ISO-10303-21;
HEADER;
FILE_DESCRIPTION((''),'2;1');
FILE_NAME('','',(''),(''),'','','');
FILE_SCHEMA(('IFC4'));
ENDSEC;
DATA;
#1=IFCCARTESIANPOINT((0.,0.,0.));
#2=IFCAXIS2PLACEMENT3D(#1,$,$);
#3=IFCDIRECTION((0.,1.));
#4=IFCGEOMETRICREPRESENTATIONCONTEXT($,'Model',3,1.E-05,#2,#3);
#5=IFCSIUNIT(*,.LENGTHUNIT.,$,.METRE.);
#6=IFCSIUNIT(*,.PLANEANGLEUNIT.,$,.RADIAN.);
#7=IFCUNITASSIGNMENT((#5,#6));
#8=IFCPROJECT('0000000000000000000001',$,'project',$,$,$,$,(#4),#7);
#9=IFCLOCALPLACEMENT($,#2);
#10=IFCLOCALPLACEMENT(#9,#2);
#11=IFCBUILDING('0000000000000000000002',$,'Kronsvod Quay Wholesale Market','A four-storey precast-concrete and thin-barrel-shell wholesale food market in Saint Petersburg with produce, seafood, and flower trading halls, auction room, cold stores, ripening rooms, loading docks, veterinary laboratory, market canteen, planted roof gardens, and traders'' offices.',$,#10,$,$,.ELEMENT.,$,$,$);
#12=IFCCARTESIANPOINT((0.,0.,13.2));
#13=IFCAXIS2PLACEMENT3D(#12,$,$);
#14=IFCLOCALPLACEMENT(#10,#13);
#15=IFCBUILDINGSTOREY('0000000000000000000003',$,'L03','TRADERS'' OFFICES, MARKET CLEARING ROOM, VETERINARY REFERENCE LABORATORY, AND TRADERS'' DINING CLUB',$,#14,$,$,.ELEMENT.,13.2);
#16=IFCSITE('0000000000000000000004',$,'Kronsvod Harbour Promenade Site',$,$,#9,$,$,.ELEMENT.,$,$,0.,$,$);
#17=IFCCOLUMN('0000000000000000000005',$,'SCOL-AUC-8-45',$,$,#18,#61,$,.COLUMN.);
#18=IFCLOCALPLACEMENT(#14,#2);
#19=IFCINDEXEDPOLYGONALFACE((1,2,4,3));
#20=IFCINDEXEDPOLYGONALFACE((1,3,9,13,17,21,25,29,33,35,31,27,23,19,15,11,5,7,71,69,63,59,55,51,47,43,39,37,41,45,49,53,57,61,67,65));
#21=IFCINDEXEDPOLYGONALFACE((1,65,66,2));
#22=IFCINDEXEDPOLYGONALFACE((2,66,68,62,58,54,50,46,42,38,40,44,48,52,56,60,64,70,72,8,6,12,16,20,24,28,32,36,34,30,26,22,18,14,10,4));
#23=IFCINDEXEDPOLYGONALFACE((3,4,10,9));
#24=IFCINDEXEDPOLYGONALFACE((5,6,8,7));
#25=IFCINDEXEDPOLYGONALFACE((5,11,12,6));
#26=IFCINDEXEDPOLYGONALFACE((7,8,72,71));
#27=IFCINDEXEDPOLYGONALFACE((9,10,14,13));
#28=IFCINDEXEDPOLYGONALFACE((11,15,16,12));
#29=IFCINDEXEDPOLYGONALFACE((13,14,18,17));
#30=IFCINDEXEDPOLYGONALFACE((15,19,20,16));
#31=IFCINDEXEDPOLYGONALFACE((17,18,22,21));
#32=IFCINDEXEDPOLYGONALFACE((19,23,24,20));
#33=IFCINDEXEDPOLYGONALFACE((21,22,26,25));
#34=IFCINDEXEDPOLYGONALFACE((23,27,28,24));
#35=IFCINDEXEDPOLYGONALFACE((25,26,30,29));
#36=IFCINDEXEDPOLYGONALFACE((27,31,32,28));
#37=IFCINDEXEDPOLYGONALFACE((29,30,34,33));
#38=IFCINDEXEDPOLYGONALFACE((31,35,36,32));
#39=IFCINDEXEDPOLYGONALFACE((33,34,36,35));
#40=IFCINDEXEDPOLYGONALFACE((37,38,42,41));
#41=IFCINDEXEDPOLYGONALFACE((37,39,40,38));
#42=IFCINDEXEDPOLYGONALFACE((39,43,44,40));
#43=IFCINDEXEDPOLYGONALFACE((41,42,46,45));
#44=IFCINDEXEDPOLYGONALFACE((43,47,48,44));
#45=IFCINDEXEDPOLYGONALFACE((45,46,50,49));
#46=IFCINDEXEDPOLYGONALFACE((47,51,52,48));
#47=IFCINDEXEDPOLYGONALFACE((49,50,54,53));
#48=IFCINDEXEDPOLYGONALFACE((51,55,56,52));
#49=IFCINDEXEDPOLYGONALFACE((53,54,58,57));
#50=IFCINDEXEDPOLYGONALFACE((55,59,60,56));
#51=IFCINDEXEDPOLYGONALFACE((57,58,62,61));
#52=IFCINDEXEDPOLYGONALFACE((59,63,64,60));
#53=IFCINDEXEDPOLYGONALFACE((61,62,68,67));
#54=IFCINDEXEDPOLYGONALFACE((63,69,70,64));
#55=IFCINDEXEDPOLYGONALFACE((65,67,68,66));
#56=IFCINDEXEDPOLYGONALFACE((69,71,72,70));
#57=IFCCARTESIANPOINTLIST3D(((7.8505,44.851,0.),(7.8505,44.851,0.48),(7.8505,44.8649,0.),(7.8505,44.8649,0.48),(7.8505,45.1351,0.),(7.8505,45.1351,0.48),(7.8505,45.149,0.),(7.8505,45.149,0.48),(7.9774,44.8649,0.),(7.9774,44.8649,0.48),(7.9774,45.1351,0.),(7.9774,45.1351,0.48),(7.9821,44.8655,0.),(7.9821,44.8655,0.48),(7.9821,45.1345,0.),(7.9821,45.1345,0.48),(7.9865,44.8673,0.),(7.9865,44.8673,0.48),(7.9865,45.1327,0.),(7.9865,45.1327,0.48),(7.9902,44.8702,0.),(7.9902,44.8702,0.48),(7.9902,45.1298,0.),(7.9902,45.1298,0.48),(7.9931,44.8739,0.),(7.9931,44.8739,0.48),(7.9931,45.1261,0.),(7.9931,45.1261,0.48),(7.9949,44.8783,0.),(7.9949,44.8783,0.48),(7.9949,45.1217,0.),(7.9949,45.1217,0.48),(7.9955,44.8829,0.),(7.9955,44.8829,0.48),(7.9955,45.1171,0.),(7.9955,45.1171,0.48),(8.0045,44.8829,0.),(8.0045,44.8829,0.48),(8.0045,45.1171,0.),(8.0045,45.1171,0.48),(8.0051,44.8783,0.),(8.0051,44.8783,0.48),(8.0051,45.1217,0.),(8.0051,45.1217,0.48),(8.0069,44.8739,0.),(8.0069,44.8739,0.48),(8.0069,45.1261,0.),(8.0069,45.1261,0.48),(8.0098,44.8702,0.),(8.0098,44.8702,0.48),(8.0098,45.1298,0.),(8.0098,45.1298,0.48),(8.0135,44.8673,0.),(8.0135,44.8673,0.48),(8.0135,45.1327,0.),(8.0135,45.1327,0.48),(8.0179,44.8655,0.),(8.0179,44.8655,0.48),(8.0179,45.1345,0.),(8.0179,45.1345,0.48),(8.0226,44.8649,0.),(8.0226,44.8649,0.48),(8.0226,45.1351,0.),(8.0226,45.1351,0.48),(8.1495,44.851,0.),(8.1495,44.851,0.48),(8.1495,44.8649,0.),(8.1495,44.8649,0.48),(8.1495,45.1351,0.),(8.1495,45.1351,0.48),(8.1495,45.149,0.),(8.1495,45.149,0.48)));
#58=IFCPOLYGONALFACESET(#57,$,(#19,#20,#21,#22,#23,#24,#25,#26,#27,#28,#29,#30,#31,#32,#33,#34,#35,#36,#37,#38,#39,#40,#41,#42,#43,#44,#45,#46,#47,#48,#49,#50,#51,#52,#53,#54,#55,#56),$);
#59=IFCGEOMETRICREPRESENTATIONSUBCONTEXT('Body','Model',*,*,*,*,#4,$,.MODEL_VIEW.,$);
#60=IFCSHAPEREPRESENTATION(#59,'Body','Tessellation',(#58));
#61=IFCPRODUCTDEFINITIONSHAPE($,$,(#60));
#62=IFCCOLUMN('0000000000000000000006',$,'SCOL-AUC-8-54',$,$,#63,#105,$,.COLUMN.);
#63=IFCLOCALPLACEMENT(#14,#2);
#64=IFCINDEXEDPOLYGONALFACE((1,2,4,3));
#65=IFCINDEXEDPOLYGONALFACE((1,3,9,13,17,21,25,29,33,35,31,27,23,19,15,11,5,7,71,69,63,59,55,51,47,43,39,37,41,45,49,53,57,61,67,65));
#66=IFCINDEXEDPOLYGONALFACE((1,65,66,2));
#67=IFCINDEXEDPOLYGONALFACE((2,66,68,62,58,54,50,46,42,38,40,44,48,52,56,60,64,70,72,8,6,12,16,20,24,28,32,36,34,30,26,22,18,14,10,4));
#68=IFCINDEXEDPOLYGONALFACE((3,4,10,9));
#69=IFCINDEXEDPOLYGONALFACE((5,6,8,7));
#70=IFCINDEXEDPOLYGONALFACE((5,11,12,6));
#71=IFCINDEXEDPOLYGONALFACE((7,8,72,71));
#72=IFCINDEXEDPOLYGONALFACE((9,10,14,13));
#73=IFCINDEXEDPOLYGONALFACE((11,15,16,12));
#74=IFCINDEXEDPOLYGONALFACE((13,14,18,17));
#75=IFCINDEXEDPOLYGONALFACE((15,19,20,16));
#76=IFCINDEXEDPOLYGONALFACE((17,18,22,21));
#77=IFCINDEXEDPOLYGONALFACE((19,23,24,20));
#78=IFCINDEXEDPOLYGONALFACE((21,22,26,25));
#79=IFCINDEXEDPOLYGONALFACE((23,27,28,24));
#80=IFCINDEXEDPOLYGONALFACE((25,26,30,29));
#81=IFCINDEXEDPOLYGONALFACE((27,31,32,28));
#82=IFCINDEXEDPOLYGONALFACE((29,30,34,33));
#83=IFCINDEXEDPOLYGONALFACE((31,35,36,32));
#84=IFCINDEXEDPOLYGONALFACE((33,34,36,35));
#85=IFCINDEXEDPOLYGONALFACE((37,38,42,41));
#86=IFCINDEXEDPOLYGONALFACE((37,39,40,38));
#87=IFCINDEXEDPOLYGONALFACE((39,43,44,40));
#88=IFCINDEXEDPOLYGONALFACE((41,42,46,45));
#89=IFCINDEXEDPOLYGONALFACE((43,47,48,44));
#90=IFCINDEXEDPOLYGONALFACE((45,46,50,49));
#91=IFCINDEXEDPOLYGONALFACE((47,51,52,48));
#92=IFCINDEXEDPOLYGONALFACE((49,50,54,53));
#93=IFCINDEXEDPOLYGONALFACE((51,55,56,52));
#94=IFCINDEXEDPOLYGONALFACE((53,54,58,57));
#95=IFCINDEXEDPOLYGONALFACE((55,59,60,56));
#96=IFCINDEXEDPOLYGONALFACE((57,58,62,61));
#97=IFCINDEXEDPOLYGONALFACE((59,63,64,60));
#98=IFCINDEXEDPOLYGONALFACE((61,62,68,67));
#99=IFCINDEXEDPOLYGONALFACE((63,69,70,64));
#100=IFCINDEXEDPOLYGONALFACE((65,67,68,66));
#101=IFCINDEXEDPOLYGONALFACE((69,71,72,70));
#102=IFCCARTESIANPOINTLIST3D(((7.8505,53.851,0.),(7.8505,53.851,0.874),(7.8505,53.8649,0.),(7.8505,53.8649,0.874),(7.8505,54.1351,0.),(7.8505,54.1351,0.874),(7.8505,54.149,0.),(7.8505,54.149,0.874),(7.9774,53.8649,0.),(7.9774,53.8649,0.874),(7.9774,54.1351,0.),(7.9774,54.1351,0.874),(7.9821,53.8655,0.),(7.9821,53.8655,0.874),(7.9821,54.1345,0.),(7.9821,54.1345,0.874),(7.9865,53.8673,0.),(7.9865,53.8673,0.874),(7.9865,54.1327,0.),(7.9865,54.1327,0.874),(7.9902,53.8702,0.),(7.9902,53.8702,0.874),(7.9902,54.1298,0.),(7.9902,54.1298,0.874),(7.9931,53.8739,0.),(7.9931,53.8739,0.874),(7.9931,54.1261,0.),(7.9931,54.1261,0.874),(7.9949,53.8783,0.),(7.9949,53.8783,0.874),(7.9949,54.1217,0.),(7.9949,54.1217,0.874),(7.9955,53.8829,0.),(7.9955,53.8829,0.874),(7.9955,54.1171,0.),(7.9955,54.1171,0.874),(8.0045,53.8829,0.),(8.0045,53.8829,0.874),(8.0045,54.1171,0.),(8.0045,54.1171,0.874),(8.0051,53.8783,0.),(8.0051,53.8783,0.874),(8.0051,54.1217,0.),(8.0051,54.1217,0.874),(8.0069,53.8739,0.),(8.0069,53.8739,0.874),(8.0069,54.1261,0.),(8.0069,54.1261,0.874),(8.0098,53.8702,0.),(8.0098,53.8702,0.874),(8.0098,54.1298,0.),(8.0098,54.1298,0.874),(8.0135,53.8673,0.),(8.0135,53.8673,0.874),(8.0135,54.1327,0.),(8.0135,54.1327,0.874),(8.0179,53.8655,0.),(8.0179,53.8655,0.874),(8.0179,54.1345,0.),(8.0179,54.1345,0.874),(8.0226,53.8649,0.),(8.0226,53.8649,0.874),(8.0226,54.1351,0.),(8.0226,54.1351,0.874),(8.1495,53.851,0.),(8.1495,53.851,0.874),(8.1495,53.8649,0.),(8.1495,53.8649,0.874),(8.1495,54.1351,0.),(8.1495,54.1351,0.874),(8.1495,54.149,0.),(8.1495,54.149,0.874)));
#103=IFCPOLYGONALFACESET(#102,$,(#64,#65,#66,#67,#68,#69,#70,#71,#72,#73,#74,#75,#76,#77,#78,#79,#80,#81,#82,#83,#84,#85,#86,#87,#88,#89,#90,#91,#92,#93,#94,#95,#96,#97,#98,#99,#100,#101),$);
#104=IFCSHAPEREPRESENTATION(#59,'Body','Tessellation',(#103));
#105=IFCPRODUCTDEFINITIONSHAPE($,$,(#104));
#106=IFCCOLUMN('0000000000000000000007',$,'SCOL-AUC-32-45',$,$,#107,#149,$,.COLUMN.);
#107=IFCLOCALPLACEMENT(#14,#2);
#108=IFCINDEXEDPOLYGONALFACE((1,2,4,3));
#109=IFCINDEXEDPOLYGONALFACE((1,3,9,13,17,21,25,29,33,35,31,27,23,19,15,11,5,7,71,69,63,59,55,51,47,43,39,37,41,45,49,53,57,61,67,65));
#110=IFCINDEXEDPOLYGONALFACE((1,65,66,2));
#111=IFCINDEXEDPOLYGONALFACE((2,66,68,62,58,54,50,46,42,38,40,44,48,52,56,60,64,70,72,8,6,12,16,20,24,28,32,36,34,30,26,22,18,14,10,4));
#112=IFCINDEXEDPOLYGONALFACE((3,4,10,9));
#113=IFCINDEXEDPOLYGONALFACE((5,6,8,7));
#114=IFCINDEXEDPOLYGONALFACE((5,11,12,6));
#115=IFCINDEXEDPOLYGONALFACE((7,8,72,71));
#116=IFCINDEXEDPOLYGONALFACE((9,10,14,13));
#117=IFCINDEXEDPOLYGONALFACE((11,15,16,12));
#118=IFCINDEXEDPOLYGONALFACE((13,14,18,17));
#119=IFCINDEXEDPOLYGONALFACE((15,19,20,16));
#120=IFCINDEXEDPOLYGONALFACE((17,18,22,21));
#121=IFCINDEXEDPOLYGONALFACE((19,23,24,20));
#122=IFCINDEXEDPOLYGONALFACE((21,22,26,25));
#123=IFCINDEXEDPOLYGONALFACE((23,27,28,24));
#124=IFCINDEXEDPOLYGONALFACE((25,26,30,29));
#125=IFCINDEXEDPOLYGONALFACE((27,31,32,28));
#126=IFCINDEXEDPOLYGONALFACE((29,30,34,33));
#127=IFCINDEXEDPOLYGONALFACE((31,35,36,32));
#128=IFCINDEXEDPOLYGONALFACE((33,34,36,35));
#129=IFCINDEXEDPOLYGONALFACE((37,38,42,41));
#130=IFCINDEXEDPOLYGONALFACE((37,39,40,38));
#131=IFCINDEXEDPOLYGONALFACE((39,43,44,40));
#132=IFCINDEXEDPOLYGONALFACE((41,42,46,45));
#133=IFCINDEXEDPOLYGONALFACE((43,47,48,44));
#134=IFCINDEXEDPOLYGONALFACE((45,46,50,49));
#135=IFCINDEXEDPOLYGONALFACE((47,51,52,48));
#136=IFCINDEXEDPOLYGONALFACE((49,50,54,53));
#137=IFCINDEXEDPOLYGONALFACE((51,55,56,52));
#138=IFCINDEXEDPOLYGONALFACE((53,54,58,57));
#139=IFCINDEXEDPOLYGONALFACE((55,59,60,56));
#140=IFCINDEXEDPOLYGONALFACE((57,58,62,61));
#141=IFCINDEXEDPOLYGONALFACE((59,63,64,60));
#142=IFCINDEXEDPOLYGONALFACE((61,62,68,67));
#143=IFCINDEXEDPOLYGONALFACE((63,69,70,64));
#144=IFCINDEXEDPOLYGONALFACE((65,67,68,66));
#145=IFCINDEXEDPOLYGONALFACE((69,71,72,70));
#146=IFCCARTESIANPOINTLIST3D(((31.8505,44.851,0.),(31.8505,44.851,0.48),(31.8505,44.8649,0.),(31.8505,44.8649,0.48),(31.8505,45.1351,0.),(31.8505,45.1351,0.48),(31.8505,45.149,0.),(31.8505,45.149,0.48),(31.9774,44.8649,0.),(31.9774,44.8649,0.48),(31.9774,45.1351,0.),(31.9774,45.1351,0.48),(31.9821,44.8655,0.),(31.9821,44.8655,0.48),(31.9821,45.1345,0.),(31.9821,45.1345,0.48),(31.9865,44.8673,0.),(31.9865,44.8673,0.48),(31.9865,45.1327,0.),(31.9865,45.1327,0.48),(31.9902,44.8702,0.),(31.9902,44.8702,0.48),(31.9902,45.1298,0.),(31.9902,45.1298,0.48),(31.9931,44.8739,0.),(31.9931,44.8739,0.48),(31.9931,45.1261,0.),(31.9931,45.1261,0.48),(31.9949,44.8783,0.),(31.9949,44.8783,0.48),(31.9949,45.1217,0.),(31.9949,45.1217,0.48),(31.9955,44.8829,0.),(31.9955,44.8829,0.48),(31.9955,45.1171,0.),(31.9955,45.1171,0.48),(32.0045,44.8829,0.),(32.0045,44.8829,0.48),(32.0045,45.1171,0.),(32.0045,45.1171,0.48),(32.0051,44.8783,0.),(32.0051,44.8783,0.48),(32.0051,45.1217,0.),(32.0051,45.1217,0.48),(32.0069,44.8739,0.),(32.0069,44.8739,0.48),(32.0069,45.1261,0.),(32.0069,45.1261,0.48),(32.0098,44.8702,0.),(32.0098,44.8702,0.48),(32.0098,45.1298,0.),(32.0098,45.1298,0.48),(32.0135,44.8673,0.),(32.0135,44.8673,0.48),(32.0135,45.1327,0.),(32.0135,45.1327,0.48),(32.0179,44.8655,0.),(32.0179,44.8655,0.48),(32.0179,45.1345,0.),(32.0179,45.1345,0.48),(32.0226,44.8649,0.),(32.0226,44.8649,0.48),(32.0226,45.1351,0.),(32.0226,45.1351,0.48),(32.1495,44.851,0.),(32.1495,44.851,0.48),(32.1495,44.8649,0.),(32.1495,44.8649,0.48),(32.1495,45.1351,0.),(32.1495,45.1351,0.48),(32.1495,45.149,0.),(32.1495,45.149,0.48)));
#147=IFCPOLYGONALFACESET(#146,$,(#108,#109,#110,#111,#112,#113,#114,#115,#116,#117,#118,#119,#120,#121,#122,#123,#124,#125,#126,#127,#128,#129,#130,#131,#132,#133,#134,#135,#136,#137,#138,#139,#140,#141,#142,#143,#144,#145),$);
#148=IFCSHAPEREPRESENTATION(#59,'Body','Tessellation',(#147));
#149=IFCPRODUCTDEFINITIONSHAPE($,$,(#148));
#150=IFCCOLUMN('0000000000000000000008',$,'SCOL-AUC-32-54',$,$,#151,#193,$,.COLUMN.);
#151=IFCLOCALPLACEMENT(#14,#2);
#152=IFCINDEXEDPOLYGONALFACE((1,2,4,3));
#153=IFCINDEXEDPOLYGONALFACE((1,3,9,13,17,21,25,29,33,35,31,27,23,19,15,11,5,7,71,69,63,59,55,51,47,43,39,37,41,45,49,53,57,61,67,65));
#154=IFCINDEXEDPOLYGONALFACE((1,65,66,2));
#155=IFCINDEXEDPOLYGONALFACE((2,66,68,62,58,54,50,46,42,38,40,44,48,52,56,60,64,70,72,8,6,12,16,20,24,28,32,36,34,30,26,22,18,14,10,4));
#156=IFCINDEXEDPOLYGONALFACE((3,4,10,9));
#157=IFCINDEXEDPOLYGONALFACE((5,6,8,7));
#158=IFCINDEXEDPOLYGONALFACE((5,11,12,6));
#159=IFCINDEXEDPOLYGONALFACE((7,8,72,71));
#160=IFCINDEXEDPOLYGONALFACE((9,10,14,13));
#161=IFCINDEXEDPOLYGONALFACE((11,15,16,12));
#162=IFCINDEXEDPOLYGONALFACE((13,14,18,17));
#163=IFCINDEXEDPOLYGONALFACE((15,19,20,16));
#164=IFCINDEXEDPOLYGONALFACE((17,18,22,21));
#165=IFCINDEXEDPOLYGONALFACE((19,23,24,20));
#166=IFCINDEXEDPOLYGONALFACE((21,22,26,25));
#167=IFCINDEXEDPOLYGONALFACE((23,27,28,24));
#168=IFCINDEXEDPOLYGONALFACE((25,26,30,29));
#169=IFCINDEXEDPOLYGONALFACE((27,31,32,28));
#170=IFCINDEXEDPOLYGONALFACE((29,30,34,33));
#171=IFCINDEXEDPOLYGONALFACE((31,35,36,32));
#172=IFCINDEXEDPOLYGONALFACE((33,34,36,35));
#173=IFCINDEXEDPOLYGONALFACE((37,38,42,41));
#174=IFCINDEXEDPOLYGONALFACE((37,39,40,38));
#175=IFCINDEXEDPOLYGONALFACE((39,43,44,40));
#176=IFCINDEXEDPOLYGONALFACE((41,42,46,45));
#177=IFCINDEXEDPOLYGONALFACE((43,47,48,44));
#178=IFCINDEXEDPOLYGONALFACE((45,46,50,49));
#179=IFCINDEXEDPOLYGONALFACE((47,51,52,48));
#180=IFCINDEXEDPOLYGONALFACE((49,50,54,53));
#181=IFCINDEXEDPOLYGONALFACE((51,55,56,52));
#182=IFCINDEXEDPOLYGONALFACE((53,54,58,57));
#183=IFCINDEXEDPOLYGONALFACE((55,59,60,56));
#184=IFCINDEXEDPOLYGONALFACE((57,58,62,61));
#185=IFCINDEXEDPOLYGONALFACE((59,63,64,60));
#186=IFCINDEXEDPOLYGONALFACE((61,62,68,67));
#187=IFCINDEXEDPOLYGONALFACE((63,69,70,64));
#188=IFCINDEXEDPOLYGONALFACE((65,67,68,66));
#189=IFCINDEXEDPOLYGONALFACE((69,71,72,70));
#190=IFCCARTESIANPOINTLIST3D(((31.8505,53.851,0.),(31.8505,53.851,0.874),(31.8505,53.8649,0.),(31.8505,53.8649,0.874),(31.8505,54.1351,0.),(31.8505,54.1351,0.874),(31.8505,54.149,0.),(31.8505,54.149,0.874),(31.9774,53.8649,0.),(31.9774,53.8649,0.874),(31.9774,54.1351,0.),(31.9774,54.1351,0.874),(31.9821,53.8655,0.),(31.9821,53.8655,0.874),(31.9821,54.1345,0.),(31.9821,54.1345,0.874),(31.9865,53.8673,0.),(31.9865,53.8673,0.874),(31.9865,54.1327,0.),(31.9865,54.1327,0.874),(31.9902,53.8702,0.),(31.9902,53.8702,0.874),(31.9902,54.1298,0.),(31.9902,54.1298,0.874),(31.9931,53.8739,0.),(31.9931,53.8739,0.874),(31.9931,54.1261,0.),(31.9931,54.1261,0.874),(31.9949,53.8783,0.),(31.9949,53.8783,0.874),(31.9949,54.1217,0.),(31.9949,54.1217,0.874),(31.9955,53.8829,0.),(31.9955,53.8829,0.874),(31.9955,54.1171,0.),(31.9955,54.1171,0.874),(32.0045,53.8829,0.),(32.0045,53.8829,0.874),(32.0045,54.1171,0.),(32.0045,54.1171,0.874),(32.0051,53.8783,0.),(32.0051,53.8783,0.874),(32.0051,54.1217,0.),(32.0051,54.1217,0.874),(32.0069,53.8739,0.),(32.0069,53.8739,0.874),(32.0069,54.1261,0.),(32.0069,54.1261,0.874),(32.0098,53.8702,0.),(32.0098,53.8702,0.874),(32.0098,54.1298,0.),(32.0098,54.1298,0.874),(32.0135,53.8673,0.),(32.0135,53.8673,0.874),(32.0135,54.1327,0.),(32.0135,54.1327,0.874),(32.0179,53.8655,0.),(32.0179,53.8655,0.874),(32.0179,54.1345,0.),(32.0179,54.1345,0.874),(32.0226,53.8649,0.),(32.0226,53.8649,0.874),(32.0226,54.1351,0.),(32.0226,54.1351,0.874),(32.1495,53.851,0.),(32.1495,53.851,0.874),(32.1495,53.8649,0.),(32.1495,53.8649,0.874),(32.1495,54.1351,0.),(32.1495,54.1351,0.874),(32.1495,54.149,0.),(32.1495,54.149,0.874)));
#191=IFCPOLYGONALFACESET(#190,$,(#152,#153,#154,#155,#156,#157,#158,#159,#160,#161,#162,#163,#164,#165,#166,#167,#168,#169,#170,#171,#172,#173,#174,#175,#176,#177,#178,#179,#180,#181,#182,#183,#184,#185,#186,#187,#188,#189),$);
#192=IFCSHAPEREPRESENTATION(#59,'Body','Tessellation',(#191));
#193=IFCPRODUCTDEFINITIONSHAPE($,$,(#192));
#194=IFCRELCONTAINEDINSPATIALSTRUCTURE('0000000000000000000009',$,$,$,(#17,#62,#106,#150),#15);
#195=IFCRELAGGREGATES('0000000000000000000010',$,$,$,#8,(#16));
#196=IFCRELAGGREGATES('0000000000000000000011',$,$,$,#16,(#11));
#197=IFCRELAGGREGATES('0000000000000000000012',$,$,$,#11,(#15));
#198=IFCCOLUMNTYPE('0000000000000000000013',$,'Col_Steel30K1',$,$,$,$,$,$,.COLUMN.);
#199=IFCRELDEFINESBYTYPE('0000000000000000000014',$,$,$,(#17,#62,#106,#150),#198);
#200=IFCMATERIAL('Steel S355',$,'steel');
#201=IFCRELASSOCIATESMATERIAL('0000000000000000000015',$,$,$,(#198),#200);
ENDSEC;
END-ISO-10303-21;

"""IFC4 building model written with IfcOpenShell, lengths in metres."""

from ifc_helpers import new_model, si_unit, direction, frame, origin, origin_2d, place, context, subcontext, project, spatial, i_section, extrude, material, material_profile, profile_set, type_object, element, save


model = new_model("IFC4")

# Units and contexts
model_context = context("Model", 3, precision=1e-05, world=origin(), true_north=direction((0.0, 1.0)))
body_context = subcontext(model_context, "Body", "Model", "MODEL_VIEW")
ifc_project = project(units=[si_unit("LENGTHUNIT", "METRE"), si_unit("PLANEANGLEUNIT", "RADIAN")], contexts=[model_context])

# Site, building, storey
site_placement = place(None, origin())
site = spatial("IfcSite", under=ifc_project, at=site_placement, Name="Kronsvod Harbour Promenade Site", CompositionType="ELEMENT", RefElevation=0.0)
building_placement = place(site_placement, origin())
building = spatial("IfcBuilding", under=site, at=building_placement, Name="Kronsvod Quay Wholesale Market", Description="A four-storey precast-concrete and thin-barrel-shell wholesale food market in Saint Petersburg with produce, seafood, and flower trading halls, auction room, cold stores, ripening rooms, loading docks, veterinary laboratory, market canteen, planted roof gardens, and traders' offices.", CompositionType="ELEMENT")
storey_placement = place(building_placement, frame((0.0, 0.0, 13.2)))
storey = spatial("IfcBuildingStorey", under=building, at=storey_placement, Name="L03", Description="TRADERS' OFFICES, MARKET CLEARING ROOM, VETERINARY REFERENCE LABORATORY, AND TRADERS' DINING CLUB", CompositionType="ELEMENT", Elevation=13.2)

# Columns
ifc_material_1 = material(Name="Steel S355", Category="steel")
ifc_material_profile_1 = material_profile(ifc_material_1, i_section(OverallWidth=0.2991, OverallDepth=0.2981, WebThickness=0.009, FlangeThickness=0.0139, FilletRadius=0.0181, at=origin_2d()), Name="30K1")
ifc_profile_set_1 = profile_set([ifc_material_profile_1], Name="Steel S355")
column_type = type_object("IfcColumnType", Name="Col_Steel30K1", PredefinedType="COLUMN", material=ifc_profile_set_1)
column_1_placement = place(storey_placement, frame((8.0, 45.0, 0.0), z_axis=(0.0, 0.0, 1.0), x_axis=(1.0, 0.0, 0.0)))
element("IfcColumn", 1, at=column_1_placement, inside=storey, type_object=column_type, Name="SCOL-AUC-8-45", PredefinedType="COLUMN", context=body_context, shape_type="SweptSolid", body=[
    extrude(i_section(OverallWidth=0.2991, OverallDepth=0.2981, WebThickness=0.009, FlangeThickness=0.0139, FilletRadius=0.0181, at=origin_2d()), origin(), (0.0, 0.0, 1.0), 0.48),
])
column_2_placement = place(storey_placement, frame((8.0, 54.0, 0.0), z_axis=(0.0, 0.0, 1.0), x_axis=(1.0, 0.0, 0.0)))
element("IfcColumn", 2, at=column_2_placement, inside=storey, type_object=column_type, Name="SCOL-AUC-8-54", PredefinedType="COLUMN", context=body_context, shape_type="SweptSolid", body=[
    extrude(i_section(OverallWidth=0.2991, OverallDepth=0.2981, WebThickness=0.009, FlangeThickness=0.0139, FilletRadius=0.0181, at=origin_2d()), origin(), (0.0, 0.0, 1.0), 0.874),
])
column_3_placement = place(storey_placement, frame((32.0, 45.0, 0.0), z_axis=(0.0, 0.0, 1.0), x_axis=(1.0, 0.0, 0.0)))
element("IfcColumn", 3, at=column_3_placement, inside=storey, type_object=column_type, Name="SCOL-AUC-32-45", PredefinedType="COLUMN", context=body_context, shape_type="SweptSolid", body=[
    extrude(i_section(OverallWidth=0.2991, OverallDepth=0.2981, WebThickness=0.009, FlangeThickness=0.0139, FilletRadius=0.0181, at=origin_2d()), origin(), (0.0, 0.0, 1.0), 0.48),
])
column_4_placement = place(storey_placement, frame((32.0, 54.0, 0.0), z_axis=(0.0, 0.0, 1.0), x_axis=(1.0, 0.0, 0.0)))
element("IfcColumn", 4, at=column_4_placement, inside=storey, type_object=column_type, Name="SCOL-AUC-32-54", PredefinedType="COLUMN", context=body_context, shape_type="SweptSolid", body=[
    extrude(i_section(OverallWidth=0.2991, OverallDepth=0.2981, WebThickness=0.009, FlangeThickness=0.0139, FilletRadius=0.0181, at=origin_2d()), origin(), (0.0, 0.0, 1.0), 0.874),
])

save(model, "model.ifc")
